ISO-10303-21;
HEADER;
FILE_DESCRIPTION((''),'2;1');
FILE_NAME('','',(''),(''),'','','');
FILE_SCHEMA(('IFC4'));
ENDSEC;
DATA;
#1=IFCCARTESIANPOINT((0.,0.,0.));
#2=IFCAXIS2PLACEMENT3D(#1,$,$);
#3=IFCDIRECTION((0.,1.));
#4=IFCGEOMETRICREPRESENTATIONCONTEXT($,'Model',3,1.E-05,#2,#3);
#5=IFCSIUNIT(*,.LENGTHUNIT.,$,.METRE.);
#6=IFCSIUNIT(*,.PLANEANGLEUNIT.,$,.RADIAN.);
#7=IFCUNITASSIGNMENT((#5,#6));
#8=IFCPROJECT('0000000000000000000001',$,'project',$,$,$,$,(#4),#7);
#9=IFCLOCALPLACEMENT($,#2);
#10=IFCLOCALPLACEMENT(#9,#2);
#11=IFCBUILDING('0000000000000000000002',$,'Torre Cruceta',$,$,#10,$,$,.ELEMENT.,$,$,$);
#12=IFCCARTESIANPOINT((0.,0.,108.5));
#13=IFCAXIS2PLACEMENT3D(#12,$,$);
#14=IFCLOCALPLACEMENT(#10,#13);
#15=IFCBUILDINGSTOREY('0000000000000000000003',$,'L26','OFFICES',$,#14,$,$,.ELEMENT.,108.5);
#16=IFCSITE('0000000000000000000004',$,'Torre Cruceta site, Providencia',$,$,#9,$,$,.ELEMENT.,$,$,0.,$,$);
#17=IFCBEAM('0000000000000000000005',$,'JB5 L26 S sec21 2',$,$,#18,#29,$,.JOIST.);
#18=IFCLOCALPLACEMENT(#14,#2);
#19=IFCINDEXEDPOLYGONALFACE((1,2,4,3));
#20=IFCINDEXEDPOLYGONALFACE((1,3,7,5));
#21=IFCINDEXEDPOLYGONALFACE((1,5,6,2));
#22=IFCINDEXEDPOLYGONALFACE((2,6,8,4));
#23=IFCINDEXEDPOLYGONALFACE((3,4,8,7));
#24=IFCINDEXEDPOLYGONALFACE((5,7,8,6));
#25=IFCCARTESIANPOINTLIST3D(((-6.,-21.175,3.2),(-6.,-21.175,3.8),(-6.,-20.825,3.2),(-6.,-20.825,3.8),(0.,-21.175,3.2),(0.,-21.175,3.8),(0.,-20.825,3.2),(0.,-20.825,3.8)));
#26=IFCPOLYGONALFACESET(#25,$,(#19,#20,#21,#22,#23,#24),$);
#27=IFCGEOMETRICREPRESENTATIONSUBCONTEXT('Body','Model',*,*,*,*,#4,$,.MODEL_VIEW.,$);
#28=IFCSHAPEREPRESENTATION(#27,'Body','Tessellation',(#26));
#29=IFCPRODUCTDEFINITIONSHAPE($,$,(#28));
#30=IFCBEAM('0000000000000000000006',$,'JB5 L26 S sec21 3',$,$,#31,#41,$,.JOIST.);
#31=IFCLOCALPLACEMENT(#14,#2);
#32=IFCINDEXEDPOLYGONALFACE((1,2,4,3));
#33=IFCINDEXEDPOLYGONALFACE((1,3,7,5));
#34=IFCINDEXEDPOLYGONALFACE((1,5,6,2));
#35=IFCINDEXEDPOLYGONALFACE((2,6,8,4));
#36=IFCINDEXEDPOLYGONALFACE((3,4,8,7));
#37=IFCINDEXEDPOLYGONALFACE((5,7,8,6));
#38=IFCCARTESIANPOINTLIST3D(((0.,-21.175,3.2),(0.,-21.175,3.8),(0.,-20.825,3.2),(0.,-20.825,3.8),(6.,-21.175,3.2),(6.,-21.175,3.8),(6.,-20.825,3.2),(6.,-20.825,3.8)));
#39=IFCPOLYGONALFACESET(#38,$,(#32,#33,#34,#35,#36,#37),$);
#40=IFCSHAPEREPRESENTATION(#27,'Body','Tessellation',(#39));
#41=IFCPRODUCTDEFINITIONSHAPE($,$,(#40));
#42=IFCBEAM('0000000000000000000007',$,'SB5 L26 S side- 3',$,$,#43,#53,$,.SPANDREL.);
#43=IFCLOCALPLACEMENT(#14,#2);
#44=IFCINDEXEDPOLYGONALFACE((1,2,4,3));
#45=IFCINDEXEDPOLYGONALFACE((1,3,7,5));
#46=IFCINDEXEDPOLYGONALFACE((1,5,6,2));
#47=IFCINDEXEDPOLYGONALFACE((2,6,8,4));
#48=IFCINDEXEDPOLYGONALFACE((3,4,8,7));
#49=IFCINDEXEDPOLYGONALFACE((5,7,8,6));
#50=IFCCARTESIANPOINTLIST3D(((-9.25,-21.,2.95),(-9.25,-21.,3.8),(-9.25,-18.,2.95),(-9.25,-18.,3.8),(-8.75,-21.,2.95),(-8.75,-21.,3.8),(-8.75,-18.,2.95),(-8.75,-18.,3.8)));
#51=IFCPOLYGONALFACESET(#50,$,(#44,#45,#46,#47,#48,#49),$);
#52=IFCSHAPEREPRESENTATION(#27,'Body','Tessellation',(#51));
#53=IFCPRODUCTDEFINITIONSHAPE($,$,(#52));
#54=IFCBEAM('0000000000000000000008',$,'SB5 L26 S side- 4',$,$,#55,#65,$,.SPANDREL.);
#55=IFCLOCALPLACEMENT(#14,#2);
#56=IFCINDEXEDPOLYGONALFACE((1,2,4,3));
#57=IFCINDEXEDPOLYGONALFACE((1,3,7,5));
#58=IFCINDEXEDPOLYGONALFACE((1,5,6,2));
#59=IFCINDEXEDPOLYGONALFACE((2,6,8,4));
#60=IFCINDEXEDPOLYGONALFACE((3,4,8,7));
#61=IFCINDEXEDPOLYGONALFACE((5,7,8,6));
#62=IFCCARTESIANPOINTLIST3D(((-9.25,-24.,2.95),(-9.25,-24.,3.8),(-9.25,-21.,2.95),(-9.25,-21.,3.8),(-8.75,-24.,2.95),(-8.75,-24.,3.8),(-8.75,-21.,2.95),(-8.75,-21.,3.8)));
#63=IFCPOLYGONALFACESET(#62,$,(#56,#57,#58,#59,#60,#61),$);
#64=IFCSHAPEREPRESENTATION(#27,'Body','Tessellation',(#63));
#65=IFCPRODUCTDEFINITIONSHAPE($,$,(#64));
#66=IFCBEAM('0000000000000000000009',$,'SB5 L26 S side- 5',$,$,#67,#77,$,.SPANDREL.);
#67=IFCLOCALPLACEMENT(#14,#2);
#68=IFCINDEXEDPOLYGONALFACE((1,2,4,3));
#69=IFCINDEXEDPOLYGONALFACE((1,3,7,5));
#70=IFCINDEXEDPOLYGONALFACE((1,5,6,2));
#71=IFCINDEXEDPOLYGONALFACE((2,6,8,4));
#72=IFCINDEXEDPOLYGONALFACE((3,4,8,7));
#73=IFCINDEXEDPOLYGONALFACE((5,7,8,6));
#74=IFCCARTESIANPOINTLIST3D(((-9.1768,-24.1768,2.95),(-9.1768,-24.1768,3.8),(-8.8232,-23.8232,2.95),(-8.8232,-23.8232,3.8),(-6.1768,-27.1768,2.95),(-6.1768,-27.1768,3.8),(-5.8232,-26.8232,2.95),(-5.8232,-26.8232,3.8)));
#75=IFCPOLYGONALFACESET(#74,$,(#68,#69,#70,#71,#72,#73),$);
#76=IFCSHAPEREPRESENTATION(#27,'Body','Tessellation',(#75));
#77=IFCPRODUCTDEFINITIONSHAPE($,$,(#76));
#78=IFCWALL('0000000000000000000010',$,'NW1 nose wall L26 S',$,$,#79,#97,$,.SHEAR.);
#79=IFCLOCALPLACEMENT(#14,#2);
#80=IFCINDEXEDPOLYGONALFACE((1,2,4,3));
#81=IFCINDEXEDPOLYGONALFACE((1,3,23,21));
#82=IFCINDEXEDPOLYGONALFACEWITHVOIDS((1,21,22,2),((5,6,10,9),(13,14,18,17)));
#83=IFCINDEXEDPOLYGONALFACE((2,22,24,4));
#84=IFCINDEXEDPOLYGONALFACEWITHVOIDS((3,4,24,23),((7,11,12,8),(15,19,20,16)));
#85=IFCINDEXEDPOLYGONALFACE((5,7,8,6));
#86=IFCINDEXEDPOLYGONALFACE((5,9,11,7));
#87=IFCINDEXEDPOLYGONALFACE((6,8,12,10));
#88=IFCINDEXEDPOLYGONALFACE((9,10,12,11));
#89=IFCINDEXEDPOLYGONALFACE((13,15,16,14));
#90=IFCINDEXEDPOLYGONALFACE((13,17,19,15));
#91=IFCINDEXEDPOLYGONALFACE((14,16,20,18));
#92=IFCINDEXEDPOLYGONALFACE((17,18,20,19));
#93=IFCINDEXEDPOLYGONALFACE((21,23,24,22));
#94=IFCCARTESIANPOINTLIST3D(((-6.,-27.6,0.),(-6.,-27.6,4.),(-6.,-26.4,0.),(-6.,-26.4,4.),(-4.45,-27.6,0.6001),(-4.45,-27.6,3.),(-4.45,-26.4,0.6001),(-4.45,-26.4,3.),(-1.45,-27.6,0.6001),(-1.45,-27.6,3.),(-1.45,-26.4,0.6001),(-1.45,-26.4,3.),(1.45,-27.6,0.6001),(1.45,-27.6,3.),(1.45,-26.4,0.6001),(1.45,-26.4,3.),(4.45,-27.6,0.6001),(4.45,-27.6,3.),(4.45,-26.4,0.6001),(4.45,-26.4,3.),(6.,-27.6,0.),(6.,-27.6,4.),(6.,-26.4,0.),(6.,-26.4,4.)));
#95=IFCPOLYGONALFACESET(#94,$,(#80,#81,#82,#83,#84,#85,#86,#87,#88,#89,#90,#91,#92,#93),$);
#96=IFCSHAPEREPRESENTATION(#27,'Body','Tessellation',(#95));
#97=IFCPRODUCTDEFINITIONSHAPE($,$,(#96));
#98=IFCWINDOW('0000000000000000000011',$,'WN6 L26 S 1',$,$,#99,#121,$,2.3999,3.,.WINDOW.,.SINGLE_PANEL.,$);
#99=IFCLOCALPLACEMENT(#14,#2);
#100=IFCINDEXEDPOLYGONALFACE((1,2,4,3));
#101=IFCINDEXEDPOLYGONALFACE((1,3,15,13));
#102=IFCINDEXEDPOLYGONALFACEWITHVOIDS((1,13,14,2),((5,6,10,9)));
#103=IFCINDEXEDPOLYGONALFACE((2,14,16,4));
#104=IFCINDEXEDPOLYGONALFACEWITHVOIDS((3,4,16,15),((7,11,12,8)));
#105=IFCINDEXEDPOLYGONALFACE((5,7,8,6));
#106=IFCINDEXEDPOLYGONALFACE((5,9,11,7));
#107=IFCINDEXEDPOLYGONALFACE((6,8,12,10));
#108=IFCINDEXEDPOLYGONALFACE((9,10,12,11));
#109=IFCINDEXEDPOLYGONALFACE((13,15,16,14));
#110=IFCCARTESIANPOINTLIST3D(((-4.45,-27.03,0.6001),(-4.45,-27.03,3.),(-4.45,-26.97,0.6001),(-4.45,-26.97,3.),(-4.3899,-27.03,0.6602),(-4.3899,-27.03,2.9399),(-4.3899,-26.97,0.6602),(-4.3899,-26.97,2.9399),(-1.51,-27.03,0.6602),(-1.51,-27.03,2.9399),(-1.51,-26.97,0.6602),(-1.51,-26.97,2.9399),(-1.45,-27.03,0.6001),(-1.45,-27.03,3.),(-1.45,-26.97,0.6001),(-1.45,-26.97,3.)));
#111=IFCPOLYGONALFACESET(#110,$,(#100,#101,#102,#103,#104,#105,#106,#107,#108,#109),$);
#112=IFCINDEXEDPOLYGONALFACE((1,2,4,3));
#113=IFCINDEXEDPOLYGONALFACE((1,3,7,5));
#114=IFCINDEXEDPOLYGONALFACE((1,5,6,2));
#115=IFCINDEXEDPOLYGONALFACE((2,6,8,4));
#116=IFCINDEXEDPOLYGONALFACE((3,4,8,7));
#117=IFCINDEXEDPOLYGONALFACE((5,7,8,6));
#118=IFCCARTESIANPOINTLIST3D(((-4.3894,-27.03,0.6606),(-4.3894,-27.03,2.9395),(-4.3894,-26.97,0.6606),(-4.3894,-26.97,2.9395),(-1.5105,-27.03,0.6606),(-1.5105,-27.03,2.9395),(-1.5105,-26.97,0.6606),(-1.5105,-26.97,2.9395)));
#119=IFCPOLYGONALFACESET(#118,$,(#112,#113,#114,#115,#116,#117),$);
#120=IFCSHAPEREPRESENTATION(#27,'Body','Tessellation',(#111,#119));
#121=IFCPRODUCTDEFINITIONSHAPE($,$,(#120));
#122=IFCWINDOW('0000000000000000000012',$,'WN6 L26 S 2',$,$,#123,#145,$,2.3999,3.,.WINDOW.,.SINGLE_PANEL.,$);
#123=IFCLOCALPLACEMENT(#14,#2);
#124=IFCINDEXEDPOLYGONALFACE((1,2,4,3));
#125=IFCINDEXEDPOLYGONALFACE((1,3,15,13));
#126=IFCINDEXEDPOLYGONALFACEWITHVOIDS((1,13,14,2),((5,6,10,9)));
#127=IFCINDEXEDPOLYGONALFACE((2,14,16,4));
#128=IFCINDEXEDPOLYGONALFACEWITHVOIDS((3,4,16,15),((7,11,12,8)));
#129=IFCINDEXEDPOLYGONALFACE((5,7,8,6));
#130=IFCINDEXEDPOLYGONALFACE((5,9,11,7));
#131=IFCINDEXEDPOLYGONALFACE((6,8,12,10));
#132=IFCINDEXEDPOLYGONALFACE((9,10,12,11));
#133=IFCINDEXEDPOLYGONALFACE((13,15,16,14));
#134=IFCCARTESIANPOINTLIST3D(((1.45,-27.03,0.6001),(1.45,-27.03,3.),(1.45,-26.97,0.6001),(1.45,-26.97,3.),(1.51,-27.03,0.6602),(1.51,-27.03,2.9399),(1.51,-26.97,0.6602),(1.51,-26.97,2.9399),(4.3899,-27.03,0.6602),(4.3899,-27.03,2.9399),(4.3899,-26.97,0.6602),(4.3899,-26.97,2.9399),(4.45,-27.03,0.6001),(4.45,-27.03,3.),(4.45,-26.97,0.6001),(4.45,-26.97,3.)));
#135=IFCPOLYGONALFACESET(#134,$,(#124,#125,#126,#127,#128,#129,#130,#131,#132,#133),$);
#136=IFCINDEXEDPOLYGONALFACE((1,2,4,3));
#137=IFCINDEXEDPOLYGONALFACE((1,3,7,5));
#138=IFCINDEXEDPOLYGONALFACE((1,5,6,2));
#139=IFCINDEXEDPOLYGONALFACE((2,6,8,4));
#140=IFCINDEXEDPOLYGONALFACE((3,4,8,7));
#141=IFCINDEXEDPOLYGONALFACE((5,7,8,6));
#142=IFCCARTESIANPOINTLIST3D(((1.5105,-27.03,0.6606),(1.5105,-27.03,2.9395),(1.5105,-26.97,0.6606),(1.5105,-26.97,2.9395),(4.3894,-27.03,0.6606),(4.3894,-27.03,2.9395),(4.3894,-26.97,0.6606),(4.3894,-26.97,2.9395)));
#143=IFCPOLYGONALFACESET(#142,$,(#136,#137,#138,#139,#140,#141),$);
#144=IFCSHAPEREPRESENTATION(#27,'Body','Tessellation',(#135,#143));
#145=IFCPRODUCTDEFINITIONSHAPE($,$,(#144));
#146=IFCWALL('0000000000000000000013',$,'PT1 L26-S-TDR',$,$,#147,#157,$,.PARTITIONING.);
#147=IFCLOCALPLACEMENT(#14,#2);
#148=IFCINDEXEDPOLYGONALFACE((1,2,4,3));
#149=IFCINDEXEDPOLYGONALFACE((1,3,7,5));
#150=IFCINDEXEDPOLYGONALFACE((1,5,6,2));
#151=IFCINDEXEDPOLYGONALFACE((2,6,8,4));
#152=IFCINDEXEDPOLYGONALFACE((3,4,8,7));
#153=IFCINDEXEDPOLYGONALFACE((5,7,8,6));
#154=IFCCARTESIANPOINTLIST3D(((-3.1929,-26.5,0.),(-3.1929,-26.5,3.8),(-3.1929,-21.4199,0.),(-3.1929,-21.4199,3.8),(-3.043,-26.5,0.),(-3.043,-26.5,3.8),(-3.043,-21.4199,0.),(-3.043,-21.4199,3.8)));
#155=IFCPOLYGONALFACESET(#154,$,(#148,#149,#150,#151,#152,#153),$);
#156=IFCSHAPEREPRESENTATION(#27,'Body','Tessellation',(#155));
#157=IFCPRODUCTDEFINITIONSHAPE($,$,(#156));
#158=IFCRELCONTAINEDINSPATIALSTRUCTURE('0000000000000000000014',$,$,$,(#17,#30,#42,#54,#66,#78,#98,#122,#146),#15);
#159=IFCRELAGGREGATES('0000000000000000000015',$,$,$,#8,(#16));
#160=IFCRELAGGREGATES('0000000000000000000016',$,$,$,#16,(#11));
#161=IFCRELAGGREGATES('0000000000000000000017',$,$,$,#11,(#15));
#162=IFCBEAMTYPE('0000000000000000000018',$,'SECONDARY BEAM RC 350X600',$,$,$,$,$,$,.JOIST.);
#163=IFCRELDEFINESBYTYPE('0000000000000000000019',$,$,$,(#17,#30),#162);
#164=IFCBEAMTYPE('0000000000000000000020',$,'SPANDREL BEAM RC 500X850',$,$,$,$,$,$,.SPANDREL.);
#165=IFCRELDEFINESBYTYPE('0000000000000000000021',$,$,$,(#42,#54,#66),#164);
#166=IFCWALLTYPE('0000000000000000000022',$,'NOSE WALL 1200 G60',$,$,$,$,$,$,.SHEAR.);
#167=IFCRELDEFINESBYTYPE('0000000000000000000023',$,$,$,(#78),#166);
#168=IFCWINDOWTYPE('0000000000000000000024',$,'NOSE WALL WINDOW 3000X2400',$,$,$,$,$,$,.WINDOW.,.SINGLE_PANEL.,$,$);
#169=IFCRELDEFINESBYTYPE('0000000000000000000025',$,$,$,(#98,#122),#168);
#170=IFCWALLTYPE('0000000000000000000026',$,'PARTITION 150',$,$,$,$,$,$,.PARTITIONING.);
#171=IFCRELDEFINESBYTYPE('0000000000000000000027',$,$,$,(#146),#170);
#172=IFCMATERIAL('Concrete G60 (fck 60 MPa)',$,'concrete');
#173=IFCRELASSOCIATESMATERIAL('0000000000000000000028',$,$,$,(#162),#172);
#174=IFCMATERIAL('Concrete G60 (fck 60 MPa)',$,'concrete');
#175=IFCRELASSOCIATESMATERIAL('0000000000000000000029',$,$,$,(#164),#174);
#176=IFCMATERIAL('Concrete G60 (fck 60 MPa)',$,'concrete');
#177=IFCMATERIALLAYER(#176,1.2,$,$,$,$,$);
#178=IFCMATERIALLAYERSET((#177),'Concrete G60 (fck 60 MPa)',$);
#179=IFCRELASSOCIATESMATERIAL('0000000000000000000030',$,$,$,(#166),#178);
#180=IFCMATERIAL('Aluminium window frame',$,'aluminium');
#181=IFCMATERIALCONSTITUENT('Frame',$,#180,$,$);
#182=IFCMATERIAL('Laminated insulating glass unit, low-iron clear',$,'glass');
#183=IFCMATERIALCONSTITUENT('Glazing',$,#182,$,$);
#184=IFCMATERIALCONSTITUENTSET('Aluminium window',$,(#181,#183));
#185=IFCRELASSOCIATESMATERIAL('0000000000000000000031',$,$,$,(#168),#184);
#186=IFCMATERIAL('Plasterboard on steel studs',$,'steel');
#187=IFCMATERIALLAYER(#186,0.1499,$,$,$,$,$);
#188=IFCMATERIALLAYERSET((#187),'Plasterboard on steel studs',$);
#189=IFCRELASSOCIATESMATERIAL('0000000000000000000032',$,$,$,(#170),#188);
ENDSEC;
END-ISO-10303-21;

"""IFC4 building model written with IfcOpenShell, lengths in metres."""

from ifc_helpers import new_model, si_unit, direction, frame, frame_2d, origin, origin_2d, place, context, subcontext, project, spatial, rectangle, hollow_rectangle, extrude, material, layer, layer_set, constituent, constituent_set, material_profile, profile_set, type_object, element, fill, save


model = new_model("IFC4")

# Units and contexts
model_context = context("Model", 3, precision=1e-05, world=origin(), true_north=direction((0.0, 1.0)))
body_context = subcontext(model_context, "Body", "Model", "MODEL_VIEW")
ifc_project = project(units=[si_unit("LENGTHUNIT", "METRE"), si_unit("PLANEANGLEUNIT", "RADIAN")], contexts=[model_context])

# Site, building, storey
site_placement = place(None, origin())
site = spatial("IfcSite", under=ifc_project, at=site_placement, Name="Torre Cruceta site, Providencia", CompositionType="ELEMENT", RefElevation=0.0)
building_placement = place(site_placement, origin())
building = spatial("IfcBuilding", under=site, at=building_placement, Name="Torre Cruceta", CompositionType="ELEMENT")
storey_placement = place(building_placement, frame((0.0, 0.0, 108.5)))
storey = spatial("IfcBuildingStorey", under=building, at=storey_placement, Name="L26", Description="OFFICES", CompositionType="ELEMENT", Elevation=108.5)

# Beams
ifc_material_1 = material(Name="Concrete G60 (fck 60 MPa)", Category="concrete")
ifc_material_profile_1 = material_profile(ifc_material_1, rectangle(XDim=0.3501, YDim=0.6001, at=origin_2d()), Name="RC 350X600")
ifc_profile_set_1 = profile_set([ifc_material_profile_1], Name="Concrete G60 (fck 60 MPa)")
beam_type_1 = type_object("IfcBeamType", Name="SECONDARY BEAM RC 350X600", PredefinedType="JOIST", material=ifc_profile_set_1)
for number, where, z_axis, x_axis, name in (
    (1, (-6.0, -21.0, 3.5), (1.0, 0.0, 0.0), (0.0, 1.0, 0.0), "JB5 L26 S sec21 2"),
    (2, (0.0, -21.0, 3.5), (1.0, 0.0, 0.0), (0.0, 1.0, 0.0), "JB5 L26 S sec21 3"),
):
    element("IfcBeam", number, at=place(storey_placement, frame(where, z_axis=z_axis, x_axis=x_axis)), inside=storey, type_object=beam_type_1, Name=name, PredefinedType="JOIST", context=body_context, shape_type="SweptSolid", body=[
        extrude(rectangle(XDim=0.3501, YDim=0.6001, at=origin_2d()), origin(), (0.0, 0.0, 1.0), 6.0),
    ])
ifc_material_2 = material(Name="Concrete G60 (fck 60 MPa)", Category="concrete")
ifc_material_profile_2 = material_profile(ifc_material_2, rectangle(XDim=0.5, YDim=0.8501, at=origin_2d()), Name="RC 500X850")
ifc_profile_set_2 = profile_set([ifc_material_profile_2], Name="Concrete G60 (fck 60 MPa)")
beam_type_2 = type_object("IfcBeamType", Name="SPANDREL BEAM RC 500X850", PredefinedType="SPANDREL", material=ifc_profile_set_2)
for number, where, z_axis, x_axis, name in (
    (3, (-9.0, -18.0, 3.375), (0.0, -1.0, 0.0), (1.0, 0.0, 0.0), "SB5 L26 S side- 3"),
    (4, (-9.0, -21.0, 3.375), (0.0, -1.0, 0.0), (1.0, 0.0, 0.0), "SB5 L26 S side- 4"),
):
    element("IfcBeam", number, at=place(storey_placement, frame(where, z_axis=z_axis, x_axis=x_axis)), inside=storey, type_object=beam_type_2, Name=name, PredefinedType="SPANDREL", context=body_context, shape_type="SweptSolid", body=[
        extrude(rectangle(XDim=0.5, YDim=0.8501, at=origin_2d()), origin(), (0.0, 0.0, 1.0), 3.0),
    ])
beam_1_placement = place(storey_placement, frame((-9.0, -24.0, 3.375), z_axis=(0.707107, -0.707107, 0.0), x_axis=(0.707107, 0.707107, 0.0)))
element("IfcBeam", 5, at=beam_1_placement, inside=storey, type_object=beam_type_2, Name="SB5 L26 S side- 5", PredefinedType="SPANDREL", context=body_context, shape_type="SweptSolid", body=[
    extrude(rectangle(XDim=0.5, YDim=0.8501, at=origin_2d()), origin(), (0.0, 0.0, 1.0), 4.2427),
])

# Wall, openings, windows
ifc_material_3 = material(Name="Concrete G60 (fck 60 MPa)", Category="concrete")
ifc_layer_1 = layer(ifc_material_3, 1.2)
ifc_layer_set_1 = layer_set([ifc_layer_1], Name="Concrete G60 (fck 60 MPa)")
wall_type_1 = type_object("IfcWallType", Name="NOSE WALL 1200 G60", PredefinedType="SHEAR", material=ifc_layer_set_1)
wall_1_placement = place(storey_placement, frame((-6.0, -27.0, 0.0), z_axis=(0.0, 0.0, 1.0), x_axis=(1.0, 0.0, 0.0)))
wall_1 = element("IfcWall", 6, at=wall_1_placement, inside=storey, type_object=wall_type_1, Name="NW1 nose wall L26 S", PredefinedType="SHEAR", context=body_context, shape_type="SweptSolid", body=[
    extrude(rectangle(XDim=12.0, YDim=1.2, at=frame_2d((6.0, 0.0))), origin(), (0.0, 0.0, 1.0), 4.0),
])
opening_1_placement = place(wall_1_placement, frame((1.55, 0.0, 0.6001)))
opening_1 = element("IfcOpeningElement", 7, at=opening_1_placement, cuts=wall_1, PredefinedType="OPENING", context=body_context, shape_type="SweptSolid", body=[
    extrude(rectangle(XDim=3.0, YDim=2.3999, at=frame_2d((1.5, 1.2))), frame((0.0, 0.6099, 0.0), z_axis=(0.0, -1.0, 0.0), x_axis=(1.0, 0.0, 0.0)), (0.0, 0.0, 1.0), 1.22),
])
opening_2_placement = place(wall_1_placement, frame((7.45, 0.0, 0.6001)))
opening_2 = element("IfcOpeningElement", 8, at=opening_2_placement, cuts=wall_1, PredefinedType="OPENING", context=body_context, shape_type="SweptSolid", body=[
    extrude(rectangle(XDim=3.0, YDim=2.3999, at=frame_2d((1.5, 1.2))), frame((0.0, 0.6099, 0.0), z_axis=(0.0, -1.0, 0.0), x_axis=(1.0, 0.0, 0.0)), (0.0, 0.0, 1.0), 1.22),
])
ifc_material_4 = material(Name="Aluminium window frame", Category="aluminium")
ifc_constituent_1 = constituent(ifc_material_4, Name="Frame")
ifc_material_5 = material(Name="Laminated insulating glass unit, low-iron clear", Category="glass")
ifc_constituent_2 = constituent(ifc_material_5, Name="Glazing")
ifc_constituent_set_1 = constituent_set(constituents=[ifc_constituent_1, ifc_constituent_2], Name="Aluminium window")
window_type = type_object("IfcWindowType", Name="NOSE WALL WINDOW 3000X2400", PartitioningType="SINGLE_PANEL", PredefinedType="WINDOW", material=ifc_constituent_set_1)
window_1_placement = place(opening_1_placement, origin())
window_1 = element("IfcWindow", 9, at=window_1_placement, inside=storey, type_object=window_type, Name="WN6 L26 S 1", OverallHeight=2.3999, OverallWidth=3.0, PartitioningType="SINGLE_PANEL", PredefinedType="WINDOW", context=body_context, shape_type="SweptSolid", body=[
    extrude(hollow_rectangle(XDim=3.0, YDim=2.3999, WallThickness=0.0601, at=frame_2d((1.5, 1.2))), frame((0.0, 0.03, 0.0), z_axis=(0.0, -1.0, 0.0), x_axis=(1.0, 0.0, 0.0)), (0.0, 0.0, 1.0), 0.0601),
    extrude(rectangle(XDim=2.8789, YDim=2.2788, at=frame_2d((1.5, 1.2))), frame((0.0, 0.03, 0.0), z_axis=(0.0, -1.0, 0.0), x_axis=(1.0, 0.0, 0.0)), (0.0, 0.0, 1.0), 0.0601),
])
fill(opening_1, window_1)
window_2_placement = place(opening_2_placement, origin())
window_2 = element("IfcWindow", 10, at=window_2_placement, inside=storey, type_object=window_type, Name="WN6 L26 S 2", OverallHeight=2.3999, OverallWidth=3.0, PartitioningType="SINGLE_PANEL", PredefinedType="WINDOW", context=body_context, shape_type="SweptSolid", body=[
    extrude(hollow_rectangle(XDim=3.0, YDim=2.3999, WallThickness=0.0601, at=frame_2d((1.5, 1.2))), frame((0.0, 0.03, 0.0), z_axis=(0.0, -1.0, 0.0), x_axis=(1.0, 0.0, 0.0)), (0.0, 0.0, 1.0), 0.0601),
    extrude(rectangle(XDim=2.8789, YDim=2.2788, at=frame_2d((1.5, 1.2))), frame((0.0, 0.03, 0.0), z_axis=(0.0, -1.0, 0.0), x_axis=(1.0, 0.0, 0.0)), (0.0, 0.0, 1.0), 0.0601),
])
fill(opening_2, window_2)

# Wall
ifc_material_6 = material(Name="Plasterboard on steel studs", Category="steel")
ifc_layer_2 = layer(ifc_material_6, 0.1499)
ifc_layer_set_2 = layer_set([ifc_layer_2], Name="Plasterboard on steel studs")
wall_type_2 = type_object("IfcWallType", Name="PARTITION 150", PredefinedType="PARTITIONING", material=ifc_layer_set_2)
wall_2_placement = place(storey_placement, frame((-3.1179, -21.4199, 0.0), z_axis=(0.0, 0.0, 1.0), x_axis=(0.0, -1.0, 0.0)))
element("IfcWall", 11, at=wall_2_placement, inside=storey, type_object=wall_type_2, Name="PT1 L26-S-TDR", PredefinedType="PARTITIONING", context=body_context, shape_type="SweptSolid", body=[
    extrude(rectangle(XDim=5.0801, YDim=0.1499, at=frame_2d((2.54, 0.0))), origin(), (0.0, 0.0, 1.0), 3.8),
])

save(model, "model.ifc")
